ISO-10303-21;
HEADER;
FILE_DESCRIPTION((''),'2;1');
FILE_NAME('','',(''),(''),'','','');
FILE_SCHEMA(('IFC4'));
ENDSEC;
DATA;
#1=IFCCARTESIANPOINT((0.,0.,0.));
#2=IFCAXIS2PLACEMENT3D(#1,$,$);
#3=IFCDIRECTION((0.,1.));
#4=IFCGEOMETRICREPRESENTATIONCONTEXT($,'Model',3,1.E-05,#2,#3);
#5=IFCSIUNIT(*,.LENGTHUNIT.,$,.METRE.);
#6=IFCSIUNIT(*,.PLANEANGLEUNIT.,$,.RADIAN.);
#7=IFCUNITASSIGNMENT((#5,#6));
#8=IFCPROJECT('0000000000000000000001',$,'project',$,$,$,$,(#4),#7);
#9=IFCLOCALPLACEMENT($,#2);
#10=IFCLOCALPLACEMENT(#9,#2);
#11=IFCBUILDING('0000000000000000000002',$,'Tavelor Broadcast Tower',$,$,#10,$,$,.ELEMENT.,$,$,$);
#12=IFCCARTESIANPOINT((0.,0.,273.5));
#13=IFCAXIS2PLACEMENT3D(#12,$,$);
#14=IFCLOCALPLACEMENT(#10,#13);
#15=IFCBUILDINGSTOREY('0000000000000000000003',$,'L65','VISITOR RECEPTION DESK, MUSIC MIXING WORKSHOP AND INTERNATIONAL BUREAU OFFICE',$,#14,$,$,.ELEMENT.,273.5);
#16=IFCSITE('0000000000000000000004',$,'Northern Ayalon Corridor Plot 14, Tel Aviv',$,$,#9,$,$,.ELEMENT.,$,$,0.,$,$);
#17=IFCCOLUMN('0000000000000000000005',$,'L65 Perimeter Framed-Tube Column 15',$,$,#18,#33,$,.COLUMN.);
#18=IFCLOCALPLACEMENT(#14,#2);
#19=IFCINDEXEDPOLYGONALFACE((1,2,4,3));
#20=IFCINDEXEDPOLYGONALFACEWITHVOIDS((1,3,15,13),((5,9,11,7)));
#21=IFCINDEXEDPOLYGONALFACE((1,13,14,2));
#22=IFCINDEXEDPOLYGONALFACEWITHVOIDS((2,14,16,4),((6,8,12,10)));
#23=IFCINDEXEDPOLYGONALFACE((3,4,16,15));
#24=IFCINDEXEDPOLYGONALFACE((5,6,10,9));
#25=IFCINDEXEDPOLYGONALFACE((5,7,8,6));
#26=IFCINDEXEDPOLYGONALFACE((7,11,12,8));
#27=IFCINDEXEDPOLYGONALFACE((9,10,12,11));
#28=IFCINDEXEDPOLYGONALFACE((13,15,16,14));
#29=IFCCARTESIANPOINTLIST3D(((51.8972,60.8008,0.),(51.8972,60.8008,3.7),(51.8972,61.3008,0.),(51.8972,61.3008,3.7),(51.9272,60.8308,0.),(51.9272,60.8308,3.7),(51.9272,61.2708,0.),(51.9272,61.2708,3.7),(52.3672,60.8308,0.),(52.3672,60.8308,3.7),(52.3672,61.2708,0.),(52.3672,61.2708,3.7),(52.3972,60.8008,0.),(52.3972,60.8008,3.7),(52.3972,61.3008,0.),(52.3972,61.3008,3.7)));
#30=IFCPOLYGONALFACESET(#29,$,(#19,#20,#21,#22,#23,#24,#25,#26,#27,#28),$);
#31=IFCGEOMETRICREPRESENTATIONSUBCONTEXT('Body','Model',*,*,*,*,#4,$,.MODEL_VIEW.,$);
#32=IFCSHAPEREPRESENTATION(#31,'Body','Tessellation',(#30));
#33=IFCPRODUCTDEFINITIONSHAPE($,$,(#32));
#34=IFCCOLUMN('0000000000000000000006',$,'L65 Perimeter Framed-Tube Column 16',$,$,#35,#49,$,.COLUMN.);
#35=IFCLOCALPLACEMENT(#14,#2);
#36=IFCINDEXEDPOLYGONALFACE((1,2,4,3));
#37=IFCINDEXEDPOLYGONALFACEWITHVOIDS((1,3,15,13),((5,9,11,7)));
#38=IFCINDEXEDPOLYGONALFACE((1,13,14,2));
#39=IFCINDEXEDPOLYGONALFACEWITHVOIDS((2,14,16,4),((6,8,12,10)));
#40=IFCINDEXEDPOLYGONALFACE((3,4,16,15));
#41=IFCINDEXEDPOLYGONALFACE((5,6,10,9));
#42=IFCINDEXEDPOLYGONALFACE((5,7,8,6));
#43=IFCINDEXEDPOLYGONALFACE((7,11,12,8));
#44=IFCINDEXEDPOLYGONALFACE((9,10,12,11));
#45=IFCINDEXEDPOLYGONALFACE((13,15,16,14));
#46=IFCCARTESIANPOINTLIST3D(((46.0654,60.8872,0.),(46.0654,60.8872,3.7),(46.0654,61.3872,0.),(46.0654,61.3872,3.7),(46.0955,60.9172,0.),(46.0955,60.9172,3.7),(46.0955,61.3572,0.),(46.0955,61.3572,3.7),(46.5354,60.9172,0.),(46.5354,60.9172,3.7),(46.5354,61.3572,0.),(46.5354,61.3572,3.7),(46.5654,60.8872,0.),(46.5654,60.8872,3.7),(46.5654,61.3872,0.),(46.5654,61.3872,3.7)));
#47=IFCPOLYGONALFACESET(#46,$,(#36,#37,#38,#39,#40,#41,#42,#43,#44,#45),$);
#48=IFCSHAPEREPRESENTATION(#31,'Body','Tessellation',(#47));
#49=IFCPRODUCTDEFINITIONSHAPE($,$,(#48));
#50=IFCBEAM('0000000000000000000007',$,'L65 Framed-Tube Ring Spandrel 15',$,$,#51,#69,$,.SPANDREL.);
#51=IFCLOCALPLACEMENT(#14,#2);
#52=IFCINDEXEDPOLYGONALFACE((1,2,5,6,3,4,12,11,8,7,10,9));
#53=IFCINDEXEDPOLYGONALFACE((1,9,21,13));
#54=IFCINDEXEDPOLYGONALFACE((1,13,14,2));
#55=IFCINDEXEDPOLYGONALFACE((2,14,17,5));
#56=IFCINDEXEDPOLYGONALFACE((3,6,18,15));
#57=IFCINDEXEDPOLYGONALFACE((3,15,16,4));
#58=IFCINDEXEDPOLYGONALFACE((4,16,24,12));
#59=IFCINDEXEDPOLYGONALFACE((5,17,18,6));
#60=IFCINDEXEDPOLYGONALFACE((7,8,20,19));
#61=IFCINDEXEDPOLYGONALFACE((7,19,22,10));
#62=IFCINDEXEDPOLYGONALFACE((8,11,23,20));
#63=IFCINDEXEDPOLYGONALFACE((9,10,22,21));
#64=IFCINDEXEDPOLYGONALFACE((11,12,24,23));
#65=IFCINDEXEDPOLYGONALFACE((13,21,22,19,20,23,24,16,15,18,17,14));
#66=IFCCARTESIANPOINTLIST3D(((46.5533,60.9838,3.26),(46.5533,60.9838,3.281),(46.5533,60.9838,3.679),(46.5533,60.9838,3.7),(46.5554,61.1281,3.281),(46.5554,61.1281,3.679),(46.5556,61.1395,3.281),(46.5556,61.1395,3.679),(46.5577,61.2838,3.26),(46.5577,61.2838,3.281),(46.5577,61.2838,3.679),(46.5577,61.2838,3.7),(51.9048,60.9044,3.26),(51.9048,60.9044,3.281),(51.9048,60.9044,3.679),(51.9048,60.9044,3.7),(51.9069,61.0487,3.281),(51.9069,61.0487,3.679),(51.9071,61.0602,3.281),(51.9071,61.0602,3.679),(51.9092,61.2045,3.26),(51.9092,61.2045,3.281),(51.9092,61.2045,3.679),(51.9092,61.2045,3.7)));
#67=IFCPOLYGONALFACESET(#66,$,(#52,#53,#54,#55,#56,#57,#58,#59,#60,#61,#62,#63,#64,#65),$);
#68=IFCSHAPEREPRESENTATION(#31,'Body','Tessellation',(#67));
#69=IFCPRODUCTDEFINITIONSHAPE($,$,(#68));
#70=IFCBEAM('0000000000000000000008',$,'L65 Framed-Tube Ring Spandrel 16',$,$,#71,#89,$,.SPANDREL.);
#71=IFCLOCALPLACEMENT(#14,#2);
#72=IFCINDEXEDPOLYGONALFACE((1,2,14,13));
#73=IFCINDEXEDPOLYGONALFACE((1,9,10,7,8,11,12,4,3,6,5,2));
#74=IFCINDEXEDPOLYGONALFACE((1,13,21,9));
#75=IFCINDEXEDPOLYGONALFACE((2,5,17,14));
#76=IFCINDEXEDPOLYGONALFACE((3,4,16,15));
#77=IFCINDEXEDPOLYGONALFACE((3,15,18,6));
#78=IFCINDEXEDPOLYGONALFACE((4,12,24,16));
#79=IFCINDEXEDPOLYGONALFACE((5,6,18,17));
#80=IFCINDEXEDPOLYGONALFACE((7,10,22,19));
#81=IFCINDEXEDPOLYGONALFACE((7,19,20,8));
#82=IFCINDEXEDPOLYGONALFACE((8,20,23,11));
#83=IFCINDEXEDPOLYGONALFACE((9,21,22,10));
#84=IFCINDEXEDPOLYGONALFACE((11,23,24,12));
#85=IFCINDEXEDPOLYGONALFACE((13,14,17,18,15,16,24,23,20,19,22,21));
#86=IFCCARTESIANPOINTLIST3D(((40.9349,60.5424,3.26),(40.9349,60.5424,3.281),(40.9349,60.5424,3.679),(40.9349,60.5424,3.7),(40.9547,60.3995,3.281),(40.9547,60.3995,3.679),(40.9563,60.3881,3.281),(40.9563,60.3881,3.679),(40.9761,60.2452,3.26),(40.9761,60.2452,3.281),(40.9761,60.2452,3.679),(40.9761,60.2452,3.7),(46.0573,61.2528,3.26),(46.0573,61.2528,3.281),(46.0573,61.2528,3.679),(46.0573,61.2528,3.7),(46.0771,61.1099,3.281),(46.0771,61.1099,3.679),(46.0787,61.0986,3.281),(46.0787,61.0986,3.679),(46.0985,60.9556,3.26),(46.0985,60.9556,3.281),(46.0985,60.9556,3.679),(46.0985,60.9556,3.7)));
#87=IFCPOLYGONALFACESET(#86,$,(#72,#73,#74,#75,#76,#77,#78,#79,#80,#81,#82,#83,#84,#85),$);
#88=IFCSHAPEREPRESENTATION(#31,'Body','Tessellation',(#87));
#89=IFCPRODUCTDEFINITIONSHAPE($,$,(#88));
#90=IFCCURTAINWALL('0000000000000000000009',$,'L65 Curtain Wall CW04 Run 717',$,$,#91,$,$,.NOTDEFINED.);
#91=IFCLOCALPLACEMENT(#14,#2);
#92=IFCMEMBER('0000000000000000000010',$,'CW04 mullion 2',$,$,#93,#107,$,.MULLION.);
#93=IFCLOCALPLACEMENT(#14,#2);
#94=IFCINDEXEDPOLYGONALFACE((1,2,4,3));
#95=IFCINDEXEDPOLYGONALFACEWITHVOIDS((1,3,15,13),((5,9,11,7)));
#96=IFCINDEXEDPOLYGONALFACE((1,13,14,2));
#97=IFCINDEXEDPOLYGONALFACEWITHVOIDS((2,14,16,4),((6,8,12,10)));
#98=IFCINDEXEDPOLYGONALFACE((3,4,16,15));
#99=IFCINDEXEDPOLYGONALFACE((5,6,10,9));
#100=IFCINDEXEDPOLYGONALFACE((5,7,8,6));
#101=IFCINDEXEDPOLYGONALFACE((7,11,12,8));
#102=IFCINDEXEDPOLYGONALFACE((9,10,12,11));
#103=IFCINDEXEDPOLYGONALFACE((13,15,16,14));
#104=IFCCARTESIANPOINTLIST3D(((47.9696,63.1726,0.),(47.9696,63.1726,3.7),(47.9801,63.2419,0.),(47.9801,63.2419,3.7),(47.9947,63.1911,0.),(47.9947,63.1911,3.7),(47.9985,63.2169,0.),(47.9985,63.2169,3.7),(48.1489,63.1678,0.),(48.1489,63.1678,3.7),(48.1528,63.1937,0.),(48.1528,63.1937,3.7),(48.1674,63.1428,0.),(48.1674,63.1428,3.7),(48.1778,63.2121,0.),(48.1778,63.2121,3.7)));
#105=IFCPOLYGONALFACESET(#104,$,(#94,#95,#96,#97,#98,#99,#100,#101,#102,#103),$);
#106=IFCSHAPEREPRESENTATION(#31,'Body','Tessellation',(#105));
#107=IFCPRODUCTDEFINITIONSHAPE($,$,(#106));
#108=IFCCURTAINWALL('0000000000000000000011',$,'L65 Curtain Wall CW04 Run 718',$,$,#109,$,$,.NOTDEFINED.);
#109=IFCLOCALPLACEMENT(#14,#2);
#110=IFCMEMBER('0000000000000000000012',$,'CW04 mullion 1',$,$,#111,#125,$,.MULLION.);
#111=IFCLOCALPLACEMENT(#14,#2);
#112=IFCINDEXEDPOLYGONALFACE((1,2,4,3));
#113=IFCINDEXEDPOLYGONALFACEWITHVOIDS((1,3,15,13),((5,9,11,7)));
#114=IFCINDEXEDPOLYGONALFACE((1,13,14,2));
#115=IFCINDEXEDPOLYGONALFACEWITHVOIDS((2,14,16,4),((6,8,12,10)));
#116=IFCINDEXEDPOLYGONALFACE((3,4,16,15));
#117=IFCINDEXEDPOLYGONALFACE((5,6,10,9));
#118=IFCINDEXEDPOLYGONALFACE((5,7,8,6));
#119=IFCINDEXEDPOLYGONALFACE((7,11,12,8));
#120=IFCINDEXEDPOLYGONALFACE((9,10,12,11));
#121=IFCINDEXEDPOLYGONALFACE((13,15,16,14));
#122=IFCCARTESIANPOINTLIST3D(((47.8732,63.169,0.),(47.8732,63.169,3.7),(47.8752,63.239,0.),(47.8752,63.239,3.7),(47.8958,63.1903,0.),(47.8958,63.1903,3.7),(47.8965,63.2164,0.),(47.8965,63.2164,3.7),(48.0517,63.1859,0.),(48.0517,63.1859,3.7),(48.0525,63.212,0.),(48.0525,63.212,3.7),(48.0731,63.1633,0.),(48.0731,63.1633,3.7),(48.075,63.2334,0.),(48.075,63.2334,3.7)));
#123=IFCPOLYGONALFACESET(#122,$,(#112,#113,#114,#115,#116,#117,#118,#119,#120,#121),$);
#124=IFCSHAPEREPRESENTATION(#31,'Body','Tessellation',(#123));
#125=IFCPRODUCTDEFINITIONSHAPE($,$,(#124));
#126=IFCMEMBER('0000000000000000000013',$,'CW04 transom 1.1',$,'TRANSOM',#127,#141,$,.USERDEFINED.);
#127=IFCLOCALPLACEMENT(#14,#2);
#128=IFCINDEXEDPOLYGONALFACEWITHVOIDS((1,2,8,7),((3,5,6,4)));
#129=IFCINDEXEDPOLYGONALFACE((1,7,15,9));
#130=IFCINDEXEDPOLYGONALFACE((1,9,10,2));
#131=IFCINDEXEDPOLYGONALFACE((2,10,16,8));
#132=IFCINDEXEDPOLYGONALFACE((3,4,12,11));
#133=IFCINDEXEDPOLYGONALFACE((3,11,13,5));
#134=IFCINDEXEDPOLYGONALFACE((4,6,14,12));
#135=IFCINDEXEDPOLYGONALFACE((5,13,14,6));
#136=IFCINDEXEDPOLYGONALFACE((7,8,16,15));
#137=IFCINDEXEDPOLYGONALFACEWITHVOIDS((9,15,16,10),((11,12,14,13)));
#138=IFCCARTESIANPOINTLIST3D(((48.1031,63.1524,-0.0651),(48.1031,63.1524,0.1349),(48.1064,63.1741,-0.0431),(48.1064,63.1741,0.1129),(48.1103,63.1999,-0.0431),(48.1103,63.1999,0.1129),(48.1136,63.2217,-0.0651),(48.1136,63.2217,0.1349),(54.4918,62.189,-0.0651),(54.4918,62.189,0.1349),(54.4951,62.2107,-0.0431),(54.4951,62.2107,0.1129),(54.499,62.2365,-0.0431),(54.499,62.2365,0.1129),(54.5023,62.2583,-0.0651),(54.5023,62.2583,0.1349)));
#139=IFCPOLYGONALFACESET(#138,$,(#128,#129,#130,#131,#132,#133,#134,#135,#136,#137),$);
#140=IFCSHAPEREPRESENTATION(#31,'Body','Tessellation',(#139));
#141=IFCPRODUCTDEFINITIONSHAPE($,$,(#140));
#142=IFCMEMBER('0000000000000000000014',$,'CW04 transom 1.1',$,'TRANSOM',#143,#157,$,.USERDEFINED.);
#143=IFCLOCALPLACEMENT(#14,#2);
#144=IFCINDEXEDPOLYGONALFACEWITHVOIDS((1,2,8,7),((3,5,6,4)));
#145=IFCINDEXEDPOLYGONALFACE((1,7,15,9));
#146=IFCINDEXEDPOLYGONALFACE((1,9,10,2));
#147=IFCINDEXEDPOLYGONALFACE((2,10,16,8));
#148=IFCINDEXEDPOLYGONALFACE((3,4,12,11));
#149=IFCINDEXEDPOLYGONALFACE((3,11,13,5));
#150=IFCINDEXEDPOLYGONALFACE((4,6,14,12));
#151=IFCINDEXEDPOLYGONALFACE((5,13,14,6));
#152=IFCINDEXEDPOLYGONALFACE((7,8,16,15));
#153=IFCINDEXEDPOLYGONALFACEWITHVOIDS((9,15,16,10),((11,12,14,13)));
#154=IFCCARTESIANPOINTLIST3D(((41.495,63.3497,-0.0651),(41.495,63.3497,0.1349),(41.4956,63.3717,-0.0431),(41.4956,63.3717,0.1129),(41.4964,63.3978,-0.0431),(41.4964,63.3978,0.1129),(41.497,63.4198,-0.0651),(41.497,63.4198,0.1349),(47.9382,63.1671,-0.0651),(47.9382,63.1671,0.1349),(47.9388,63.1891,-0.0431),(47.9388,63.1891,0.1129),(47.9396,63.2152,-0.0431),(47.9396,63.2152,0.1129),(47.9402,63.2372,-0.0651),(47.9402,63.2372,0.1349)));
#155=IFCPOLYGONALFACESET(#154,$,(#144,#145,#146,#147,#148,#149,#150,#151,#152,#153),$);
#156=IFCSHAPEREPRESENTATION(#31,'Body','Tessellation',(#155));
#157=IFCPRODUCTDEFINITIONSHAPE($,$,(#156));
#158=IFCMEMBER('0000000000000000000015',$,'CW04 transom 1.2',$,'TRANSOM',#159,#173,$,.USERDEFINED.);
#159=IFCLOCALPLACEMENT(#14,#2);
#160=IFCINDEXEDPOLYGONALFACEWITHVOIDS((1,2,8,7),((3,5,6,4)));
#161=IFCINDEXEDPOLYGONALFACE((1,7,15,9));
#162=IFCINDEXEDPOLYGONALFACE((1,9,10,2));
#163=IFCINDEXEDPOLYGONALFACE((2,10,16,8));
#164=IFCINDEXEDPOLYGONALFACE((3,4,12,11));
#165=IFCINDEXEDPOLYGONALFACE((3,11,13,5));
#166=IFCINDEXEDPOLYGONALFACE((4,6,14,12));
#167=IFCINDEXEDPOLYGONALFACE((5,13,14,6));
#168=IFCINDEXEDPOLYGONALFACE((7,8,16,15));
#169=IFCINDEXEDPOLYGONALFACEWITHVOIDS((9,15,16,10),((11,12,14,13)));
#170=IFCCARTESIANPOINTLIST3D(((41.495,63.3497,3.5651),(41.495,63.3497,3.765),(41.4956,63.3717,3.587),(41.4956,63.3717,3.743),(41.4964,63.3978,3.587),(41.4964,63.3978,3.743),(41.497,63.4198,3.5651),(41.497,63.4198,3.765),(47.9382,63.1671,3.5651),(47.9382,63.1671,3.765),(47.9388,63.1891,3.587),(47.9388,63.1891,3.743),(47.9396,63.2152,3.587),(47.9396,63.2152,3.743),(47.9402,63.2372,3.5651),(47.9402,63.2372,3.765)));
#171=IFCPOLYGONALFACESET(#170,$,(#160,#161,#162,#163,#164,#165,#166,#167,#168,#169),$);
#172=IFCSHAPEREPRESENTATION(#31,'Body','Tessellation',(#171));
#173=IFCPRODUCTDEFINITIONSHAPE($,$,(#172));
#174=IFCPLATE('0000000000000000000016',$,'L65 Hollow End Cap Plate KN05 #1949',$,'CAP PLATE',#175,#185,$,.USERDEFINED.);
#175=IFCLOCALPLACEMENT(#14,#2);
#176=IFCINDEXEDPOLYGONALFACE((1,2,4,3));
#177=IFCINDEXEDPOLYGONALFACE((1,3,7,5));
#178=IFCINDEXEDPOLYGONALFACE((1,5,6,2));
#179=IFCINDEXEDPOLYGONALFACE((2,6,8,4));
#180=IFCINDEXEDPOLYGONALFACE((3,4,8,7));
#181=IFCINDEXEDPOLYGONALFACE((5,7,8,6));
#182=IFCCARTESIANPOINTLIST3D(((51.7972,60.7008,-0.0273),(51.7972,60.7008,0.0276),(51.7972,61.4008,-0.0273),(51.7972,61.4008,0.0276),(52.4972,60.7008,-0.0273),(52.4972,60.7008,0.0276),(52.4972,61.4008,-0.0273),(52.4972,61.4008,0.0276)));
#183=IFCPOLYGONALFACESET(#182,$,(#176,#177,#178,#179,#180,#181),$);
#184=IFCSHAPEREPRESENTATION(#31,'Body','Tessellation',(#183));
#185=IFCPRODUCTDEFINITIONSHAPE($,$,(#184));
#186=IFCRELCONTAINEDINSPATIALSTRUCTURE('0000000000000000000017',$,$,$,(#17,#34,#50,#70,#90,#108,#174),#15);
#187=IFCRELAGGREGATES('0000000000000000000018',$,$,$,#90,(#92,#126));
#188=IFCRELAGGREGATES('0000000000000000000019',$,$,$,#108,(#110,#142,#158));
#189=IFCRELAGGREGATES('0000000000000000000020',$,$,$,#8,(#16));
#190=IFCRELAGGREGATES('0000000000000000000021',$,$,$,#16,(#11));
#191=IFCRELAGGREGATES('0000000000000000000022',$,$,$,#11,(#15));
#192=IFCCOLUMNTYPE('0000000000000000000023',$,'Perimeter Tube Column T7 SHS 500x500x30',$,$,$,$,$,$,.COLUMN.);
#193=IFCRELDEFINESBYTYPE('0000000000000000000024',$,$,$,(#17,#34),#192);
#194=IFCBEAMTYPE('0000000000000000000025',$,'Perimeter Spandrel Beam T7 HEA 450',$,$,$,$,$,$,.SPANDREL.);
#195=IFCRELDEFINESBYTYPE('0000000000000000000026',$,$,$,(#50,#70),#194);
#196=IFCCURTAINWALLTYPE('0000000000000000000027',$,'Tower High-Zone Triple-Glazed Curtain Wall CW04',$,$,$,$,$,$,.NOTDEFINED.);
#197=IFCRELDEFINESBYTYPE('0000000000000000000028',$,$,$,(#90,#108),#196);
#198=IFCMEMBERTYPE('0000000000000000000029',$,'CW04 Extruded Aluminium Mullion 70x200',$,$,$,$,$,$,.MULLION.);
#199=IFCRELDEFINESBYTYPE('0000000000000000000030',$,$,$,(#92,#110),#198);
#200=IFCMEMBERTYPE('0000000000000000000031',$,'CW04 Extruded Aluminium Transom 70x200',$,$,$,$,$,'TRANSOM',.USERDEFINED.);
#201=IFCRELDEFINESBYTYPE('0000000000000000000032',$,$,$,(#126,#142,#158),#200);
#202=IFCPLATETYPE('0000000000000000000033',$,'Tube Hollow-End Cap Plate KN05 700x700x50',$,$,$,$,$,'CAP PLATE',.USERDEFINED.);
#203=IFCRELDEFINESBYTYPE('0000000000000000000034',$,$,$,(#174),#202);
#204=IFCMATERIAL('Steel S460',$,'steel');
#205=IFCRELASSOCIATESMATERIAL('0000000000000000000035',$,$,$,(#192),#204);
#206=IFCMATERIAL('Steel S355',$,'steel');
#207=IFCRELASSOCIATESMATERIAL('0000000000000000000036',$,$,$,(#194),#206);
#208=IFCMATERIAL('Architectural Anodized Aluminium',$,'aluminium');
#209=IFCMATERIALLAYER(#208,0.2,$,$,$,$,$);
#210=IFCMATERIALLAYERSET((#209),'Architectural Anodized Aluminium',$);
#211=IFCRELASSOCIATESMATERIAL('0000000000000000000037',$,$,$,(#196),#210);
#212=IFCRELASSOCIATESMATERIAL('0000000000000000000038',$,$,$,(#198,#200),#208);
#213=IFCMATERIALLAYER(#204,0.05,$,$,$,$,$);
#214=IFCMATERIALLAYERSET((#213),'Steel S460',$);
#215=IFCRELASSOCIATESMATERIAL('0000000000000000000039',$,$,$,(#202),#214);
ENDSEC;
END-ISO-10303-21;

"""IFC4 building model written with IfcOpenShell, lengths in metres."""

from ifc_helpers import new_model, si_unit, direction, frame, origin, origin_2d, place, context, subcontext, project, spatial, rectangle, hollow_rectangle, i_section, extrude, source, transform, mapped, material, layer, layer_set, material_profile, profile_set, type_object, type_shapes, element, aggregate, save


model = new_model("IFC4")

# Units and contexts
model_context = context("Model", 3, precision=1e-05, world=origin(), true_north=direction((0.0, 1.0)))
body_context = subcontext(model_context, "Body", "Model", "MODEL_VIEW")
ifc_project = project(units=[si_unit("LENGTHUNIT", "METRE"), si_unit("PLANEANGLEUNIT", "RADIAN")], contexts=[model_context])

# Site, building, storey
site_placement = place(None, origin())
site = spatial("IfcSite", under=ifc_project, at=site_placement, Name="Northern Ayalon Corridor Plot 14, Tel Aviv", CompositionType="ELEMENT", RefElevation=0.0)
building_placement = place(site_placement, origin())
building = spatial("IfcBuilding", under=site, at=building_placement, Name="Tavelor Broadcast Tower", CompositionType="ELEMENT")
storey_placement = place(building_placement, frame((0.0, 0.0, 273.5)))
storey = spatial("IfcBuildingStorey", under=building, at=storey_placement, Name="L65", Description="VISITOR RECEPTION DESK, MUSIC MIXING WORKSHOP AND INTERNATIONAL BUREAU OFFICE", CompositionType="ELEMENT", Elevation=273.5)

# Columns
ifc_material_1 = material(Name="Steel S460", Category="steel")
ifc_material_profile_1 = material_profile(ifc_material_1, hollow_rectangle(XDim=0.5, YDim=0.5, WallThickness=0.03, at=origin_2d()), Name="SHS 500x500x30")
ifc_profile_set_1 = profile_set([ifc_material_profile_1], Name="Steel S460")
column_type = type_object("IfcColumnType", Name="Perimeter Tube Column T7 SHS 500x500x30", PredefinedType="COLUMN", material=ifc_profile_set_1)
for number, where, z_axis, x_axis, name in (
    (1, (52.1472, 61.0508, 0.0), (0.0, 0.0, 1.0), (1.0, 0.0, 0.0), "L65 Perimeter Framed-Tube Column 15"),
    (2, (46.3154, 61.1372, 0.0), (0.0, 0.0, 1.0), (1.0, 0.0, 0.0), "L65 Perimeter Framed-Tube Column 16"),
):
    element("IfcColumn", number, at=place(storey_placement, frame(where, z_axis=z_axis, x_axis=x_axis)), inside=storey, type_object=column_type, Name=name, PredefinedType="COLUMN", context=body_context, shape_type="SweptSolid", body=[
        extrude(hollow_rectangle(XDim=0.5, YDim=0.5, WallThickness=0.03, at=origin_2d()), origin(), (0.0, 0.0, 1.0), 3.7),
    ])

# Beams
ifc_material_2 = material(Name="Steel S355", Category="steel")
ifc_material_profile_2 = material_profile(ifc_material_2, i_section(OverallWidth=0.3, OverallDepth=0.4399, WebThickness=0.0115, FlangeThickness=0.021, at=origin_2d()), Name="HEA 450")
ifc_profile_set_2 = profile_set([ifc_material_profile_2], Name="Steel S355")
beam_type = type_object("IfcBeamType", Name="Perimeter Spandrel Beam T7 HEA 450", PredefinedType="SPANDREL", material=ifc_profile_set_2)
beam_1_placement = place(storey_placement, frame((51.907, 61.0544, 3.48), z_axis=(-0.99989, 0.014825, 0.0), x_axis=(-0.014825, -0.99989, 0.0)))
element("IfcBeam", 3, at=beam_1_placement, inside=storey, type_object=beam_type, Name="L65 Framed-Tube Ring Spandrel 15", PredefinedType="SPANDREL", context=body_context, shape_type="SweptSolid", body=[
    extrude(i_section(OverallWidth=0.3, OverallDepth=0.4399, WebThickness=0.0115, FlangeThickness=0.021, at=origin_2d()), origin(), (0.0, 0.0, 1.0), 5.3521),
])
beam_2_placement = place(storey_placement, frame((46.0779, 61.1042, 3.48), z_axis=(-0.990518, -0.137382, 0.0), x_axis=(0.137382, -0.990518, 0.0)))
element("IfcBeam", 4, at=beam_2_placement, inside=storey, type_object=beam_type, Name="L65 Framed-Tube Ring Spandrel 16", PredefinedType="SPANDREL", context=body_context, shape_type="SweptSolid", body=[
    extrude(i_section(OverallWidth=0.3, OverallDepth=0.4399, WebThickness=0.0115, FlangeThickness=0.021, at=origin_2d()), origin(), (0.0, 0.0, 1.0), 5.1714),
])

# Curtain walls, members
ifc_material_3 = material(Name="Architectural Anodized Aluminium", Category="aluminium")
ifc_layer_1 = layer(ifc_material_3, 0.2)
ifc_layer_set_1 = layer_set([ifc_layer_1], Name="Architectural Anodized Aluminium")
curtain_wall_type = type_object("IfcCurtainWallType", Name="Tower High-Zone Triple-Glazed Curtain Wall CW04", PredefinedType="NOTDEFINED", material=ifc_layer_set_1)
curtain_wall_1_placement = place(storey_placement, origin())
curtain_wall_1 = element("IfcCurtainWall", 5, at=curtain_wall_1_placement, inside=storey, type_object=curtain_wall_type, Name="L65 Curtain Wall CW04 Run 717", PredefinedType="NOTDEFINED")
ifc_material_profile_3 = material_profile(ifc_material_3, hollow_rectangle(XDim=0.0701, YDim=0.2, WallThickness=0.022, at=origin_2d()), Name="RHS 70x200x22")
ifc_profile_set_3 = profile_set([ifc_material_profile_3], Name="Architectural Anodized Aluminium")
member_type_1 = type_object("IfcMemberType", Name="CW04 Extruded Aluminium Mullion 70x200", PredefinedType="MULLION", material=ifc_profile_set_3)
shared_shape_1 = source(origin(), body_context, "Body", "SweptSolid", [
    extrude(hollow_rectangle(XDim=0.0701, YDim=0.2, WallThickness=0.022, at=origin_2d()), origin(), (0.0, 0.0, 1.0), 3.7),
])
type_shapes(member_type_1, [shared_shape_1])
member_1_placement = place(storey_placement, frame((48.0737, 63.1924, 0.0), z_axis=(0.0, 0.0, 1.0), x_axis=(-0.149116, -0.98882, 0.0)))
member_1 = element("IfcMember", 6, at=member_1_placement, type_object=member_type_1, Name="CW04 mullion 2", PredefinedType="MULLION", context=body_context, shape_type="MappedRepresentation", body=[
    mapped(shared_shape_1, transform((0.0, 0.0, 0.0), scale=1.0)),
])
curtain_wall_2_placement = place(storey_placement, origin())
curtain_wall_2 = element("IfcCurtainWall", 7, at=curtain_wall_2_placement, inside=storey, type_object=curtain_wall_type, Name="L65 Curtain Wall CW04 Run 718", PredefinedType="NOTDEFINED")
member_2_placement = place(storey_placement, frame((47.9741, 63.2012, 0.0), z_axis=(0.0, 0.0, 1.0), x_axis=(-0.028349, -0.999598, 0.0)))
member_2 = element("IfcMember", 8, at=member_2_placement, type_object=member_type_1, Name="CW04 mullion 1", PredefinedType="MULLION", context=body_context, shape_type="MappedRepresentation", body=[
    mapped(shared_shape_1, transform((0.0, 0.0, 0.0), scale=1.0)),
])

# Members
ifc_material_profile_4 = material_profile(ifc_material_3, hollow_rectangle(XDim=0.0701, YDim=0.2, WallThickness=0.022, at=origin_2d()), Name="RHS 70x200x22")
ifc_profile_set_4 = profile_set([ifc_material_profile_4], Name="Architectural Anodized Aluminium")
member_type_2 = type_object("IfcMemberType", Name="CW04 Extruded Aluminium Transom 70x200", ElementType="TRANSOM", PredefinedType="USERDEFINED", material=ifc_profile_set_4)
shared_shape_2 = source(origin(), body_context, "Body", "SweptSolid", [
    extrude(hollow_rectangle(XDim=0.0701, YDim=0.2, WallThickness=0.022, at=origin_2d()), origin(), (0.0, 0.0, 1.0), 6.4609),
])
member_3_placement = place(storey_placement, frame((54.4971, 62.2236, 0.0349), z_axis=(-0.988821, 0.149109, 0.0), x_axis=(-0.149109, -0.988821, 0.0)))
member_3 = element("IfcMember", 9, at=member_3_placement, type_object=member_type_2, Name="CW04 transom 1.1", ObjectType="TRANSOM", PredefinedType="USERDEFINED", context=body_context, shape_type="MappedRepresentation", body=[
    mapped(shared_shape_2, transform((0.0, 0.0, 0.0), scale=1.0)),
])
shared_shape_3 = source(origin(), body_context, "Body", "SweptSolid", [
    extrude(hollow_rectangle(XDim=0.0701, YDim=0.2, WallThickness=0.022, at=origin_2d()), origin(), (0.0, 0.0, 1.0), 6.4458),
])
type_shapes(member_type_2, [shared_shape_2, shared_shape_3])
member_4_placement = place(storey_placement, frame((47.9392, 63.2021, 0.0349), z_axis=(-0.999599, 0.028332, 0.0), x_axis=(-0.028332, -0.999599, 0.0)))
member_4 = element("IfcMember", 10, at=member_4_placement, type_object=member_type_2, Name="CW04 transom 1.1", ObjectType="TRANSOM", PredefinedType="USERDEFINED", context=body_context, shape_type="MappedRepresentation", body=[
    mapped(shared_shape_3, transform((0.0, 0.0, 0.0), scale=1.0)),
])
member_5_placement = place(storey_placement, frame((47.9392, 63.2021, 3.665), z_axis=(-0.999599, 0.028332, 0.0), x_axis=(-0.028332, -0.999599, 0.0)))
member_5 = element("IfcMember", 11, at=member_5_placement, type_object=member_type_2, Name="CW04 transom 1.2", ObjectType="TRANSOM", PredefinedType="USERDEFINED", context=body_context, shape_type="MappedRepresentation", body=[
    mapped(shared_shape_3, transform((0.0, 0.0, 0.0), scale=1.0)),
])

# Plate
ifc_layer_2 = layer(ifc_material_1, 0.05)
ifc_layer_set_2 = layer_set([ifc_layer_2], Name="Steel S460")
plate_type_1 = type_object("IfcPlateType", Name="Tube Hollow-End Cap Plate KN05 700x700x50", ElementType="CAP PLATE", PredefinedType="USERDEFINED", material=ifc_layer_set_2)
shared_shape_4 = source(origin(), body_context, "Body", "SweptSolid", [
    extrude(rectangle(XDim=0.7, YDim=0.7, at=origin_2d()), origin(), (0.0, 0.0, 1.0), 0.0549),
])
type_shapes(plate_type_1, [shared_shape_4])
for number, where, z_axis, x_axis, name in (
    (12, (52.1472, 61.0508, -0.0273), (0.0, 0.0, 1.0), (1.0, 0.0, 0.0), "L65 Hollow End Cap Plate KN05 #1949"),
):
    element("IfcPlate", number, at=place(storey_placement, frame(where, z_axis=z_axis, x_axis=x_axis)), inside=storey, type_object=plate_type_1, Name=name, ObjectType="CAP PLATE", PredefinedType="USERDEFINED", context=body_context, shape_type="MappedRepresentation", body=[
        mapped(shared_shape_4, transform((0.0, 0.0, 0.0), scale=1.0)),
    ])

aggregate(curtain_wall_1, [member_1, member_3])
aggregate(curtain_wall_2, [member_2, member_4, member_5])

save(model, "model.ifc")
